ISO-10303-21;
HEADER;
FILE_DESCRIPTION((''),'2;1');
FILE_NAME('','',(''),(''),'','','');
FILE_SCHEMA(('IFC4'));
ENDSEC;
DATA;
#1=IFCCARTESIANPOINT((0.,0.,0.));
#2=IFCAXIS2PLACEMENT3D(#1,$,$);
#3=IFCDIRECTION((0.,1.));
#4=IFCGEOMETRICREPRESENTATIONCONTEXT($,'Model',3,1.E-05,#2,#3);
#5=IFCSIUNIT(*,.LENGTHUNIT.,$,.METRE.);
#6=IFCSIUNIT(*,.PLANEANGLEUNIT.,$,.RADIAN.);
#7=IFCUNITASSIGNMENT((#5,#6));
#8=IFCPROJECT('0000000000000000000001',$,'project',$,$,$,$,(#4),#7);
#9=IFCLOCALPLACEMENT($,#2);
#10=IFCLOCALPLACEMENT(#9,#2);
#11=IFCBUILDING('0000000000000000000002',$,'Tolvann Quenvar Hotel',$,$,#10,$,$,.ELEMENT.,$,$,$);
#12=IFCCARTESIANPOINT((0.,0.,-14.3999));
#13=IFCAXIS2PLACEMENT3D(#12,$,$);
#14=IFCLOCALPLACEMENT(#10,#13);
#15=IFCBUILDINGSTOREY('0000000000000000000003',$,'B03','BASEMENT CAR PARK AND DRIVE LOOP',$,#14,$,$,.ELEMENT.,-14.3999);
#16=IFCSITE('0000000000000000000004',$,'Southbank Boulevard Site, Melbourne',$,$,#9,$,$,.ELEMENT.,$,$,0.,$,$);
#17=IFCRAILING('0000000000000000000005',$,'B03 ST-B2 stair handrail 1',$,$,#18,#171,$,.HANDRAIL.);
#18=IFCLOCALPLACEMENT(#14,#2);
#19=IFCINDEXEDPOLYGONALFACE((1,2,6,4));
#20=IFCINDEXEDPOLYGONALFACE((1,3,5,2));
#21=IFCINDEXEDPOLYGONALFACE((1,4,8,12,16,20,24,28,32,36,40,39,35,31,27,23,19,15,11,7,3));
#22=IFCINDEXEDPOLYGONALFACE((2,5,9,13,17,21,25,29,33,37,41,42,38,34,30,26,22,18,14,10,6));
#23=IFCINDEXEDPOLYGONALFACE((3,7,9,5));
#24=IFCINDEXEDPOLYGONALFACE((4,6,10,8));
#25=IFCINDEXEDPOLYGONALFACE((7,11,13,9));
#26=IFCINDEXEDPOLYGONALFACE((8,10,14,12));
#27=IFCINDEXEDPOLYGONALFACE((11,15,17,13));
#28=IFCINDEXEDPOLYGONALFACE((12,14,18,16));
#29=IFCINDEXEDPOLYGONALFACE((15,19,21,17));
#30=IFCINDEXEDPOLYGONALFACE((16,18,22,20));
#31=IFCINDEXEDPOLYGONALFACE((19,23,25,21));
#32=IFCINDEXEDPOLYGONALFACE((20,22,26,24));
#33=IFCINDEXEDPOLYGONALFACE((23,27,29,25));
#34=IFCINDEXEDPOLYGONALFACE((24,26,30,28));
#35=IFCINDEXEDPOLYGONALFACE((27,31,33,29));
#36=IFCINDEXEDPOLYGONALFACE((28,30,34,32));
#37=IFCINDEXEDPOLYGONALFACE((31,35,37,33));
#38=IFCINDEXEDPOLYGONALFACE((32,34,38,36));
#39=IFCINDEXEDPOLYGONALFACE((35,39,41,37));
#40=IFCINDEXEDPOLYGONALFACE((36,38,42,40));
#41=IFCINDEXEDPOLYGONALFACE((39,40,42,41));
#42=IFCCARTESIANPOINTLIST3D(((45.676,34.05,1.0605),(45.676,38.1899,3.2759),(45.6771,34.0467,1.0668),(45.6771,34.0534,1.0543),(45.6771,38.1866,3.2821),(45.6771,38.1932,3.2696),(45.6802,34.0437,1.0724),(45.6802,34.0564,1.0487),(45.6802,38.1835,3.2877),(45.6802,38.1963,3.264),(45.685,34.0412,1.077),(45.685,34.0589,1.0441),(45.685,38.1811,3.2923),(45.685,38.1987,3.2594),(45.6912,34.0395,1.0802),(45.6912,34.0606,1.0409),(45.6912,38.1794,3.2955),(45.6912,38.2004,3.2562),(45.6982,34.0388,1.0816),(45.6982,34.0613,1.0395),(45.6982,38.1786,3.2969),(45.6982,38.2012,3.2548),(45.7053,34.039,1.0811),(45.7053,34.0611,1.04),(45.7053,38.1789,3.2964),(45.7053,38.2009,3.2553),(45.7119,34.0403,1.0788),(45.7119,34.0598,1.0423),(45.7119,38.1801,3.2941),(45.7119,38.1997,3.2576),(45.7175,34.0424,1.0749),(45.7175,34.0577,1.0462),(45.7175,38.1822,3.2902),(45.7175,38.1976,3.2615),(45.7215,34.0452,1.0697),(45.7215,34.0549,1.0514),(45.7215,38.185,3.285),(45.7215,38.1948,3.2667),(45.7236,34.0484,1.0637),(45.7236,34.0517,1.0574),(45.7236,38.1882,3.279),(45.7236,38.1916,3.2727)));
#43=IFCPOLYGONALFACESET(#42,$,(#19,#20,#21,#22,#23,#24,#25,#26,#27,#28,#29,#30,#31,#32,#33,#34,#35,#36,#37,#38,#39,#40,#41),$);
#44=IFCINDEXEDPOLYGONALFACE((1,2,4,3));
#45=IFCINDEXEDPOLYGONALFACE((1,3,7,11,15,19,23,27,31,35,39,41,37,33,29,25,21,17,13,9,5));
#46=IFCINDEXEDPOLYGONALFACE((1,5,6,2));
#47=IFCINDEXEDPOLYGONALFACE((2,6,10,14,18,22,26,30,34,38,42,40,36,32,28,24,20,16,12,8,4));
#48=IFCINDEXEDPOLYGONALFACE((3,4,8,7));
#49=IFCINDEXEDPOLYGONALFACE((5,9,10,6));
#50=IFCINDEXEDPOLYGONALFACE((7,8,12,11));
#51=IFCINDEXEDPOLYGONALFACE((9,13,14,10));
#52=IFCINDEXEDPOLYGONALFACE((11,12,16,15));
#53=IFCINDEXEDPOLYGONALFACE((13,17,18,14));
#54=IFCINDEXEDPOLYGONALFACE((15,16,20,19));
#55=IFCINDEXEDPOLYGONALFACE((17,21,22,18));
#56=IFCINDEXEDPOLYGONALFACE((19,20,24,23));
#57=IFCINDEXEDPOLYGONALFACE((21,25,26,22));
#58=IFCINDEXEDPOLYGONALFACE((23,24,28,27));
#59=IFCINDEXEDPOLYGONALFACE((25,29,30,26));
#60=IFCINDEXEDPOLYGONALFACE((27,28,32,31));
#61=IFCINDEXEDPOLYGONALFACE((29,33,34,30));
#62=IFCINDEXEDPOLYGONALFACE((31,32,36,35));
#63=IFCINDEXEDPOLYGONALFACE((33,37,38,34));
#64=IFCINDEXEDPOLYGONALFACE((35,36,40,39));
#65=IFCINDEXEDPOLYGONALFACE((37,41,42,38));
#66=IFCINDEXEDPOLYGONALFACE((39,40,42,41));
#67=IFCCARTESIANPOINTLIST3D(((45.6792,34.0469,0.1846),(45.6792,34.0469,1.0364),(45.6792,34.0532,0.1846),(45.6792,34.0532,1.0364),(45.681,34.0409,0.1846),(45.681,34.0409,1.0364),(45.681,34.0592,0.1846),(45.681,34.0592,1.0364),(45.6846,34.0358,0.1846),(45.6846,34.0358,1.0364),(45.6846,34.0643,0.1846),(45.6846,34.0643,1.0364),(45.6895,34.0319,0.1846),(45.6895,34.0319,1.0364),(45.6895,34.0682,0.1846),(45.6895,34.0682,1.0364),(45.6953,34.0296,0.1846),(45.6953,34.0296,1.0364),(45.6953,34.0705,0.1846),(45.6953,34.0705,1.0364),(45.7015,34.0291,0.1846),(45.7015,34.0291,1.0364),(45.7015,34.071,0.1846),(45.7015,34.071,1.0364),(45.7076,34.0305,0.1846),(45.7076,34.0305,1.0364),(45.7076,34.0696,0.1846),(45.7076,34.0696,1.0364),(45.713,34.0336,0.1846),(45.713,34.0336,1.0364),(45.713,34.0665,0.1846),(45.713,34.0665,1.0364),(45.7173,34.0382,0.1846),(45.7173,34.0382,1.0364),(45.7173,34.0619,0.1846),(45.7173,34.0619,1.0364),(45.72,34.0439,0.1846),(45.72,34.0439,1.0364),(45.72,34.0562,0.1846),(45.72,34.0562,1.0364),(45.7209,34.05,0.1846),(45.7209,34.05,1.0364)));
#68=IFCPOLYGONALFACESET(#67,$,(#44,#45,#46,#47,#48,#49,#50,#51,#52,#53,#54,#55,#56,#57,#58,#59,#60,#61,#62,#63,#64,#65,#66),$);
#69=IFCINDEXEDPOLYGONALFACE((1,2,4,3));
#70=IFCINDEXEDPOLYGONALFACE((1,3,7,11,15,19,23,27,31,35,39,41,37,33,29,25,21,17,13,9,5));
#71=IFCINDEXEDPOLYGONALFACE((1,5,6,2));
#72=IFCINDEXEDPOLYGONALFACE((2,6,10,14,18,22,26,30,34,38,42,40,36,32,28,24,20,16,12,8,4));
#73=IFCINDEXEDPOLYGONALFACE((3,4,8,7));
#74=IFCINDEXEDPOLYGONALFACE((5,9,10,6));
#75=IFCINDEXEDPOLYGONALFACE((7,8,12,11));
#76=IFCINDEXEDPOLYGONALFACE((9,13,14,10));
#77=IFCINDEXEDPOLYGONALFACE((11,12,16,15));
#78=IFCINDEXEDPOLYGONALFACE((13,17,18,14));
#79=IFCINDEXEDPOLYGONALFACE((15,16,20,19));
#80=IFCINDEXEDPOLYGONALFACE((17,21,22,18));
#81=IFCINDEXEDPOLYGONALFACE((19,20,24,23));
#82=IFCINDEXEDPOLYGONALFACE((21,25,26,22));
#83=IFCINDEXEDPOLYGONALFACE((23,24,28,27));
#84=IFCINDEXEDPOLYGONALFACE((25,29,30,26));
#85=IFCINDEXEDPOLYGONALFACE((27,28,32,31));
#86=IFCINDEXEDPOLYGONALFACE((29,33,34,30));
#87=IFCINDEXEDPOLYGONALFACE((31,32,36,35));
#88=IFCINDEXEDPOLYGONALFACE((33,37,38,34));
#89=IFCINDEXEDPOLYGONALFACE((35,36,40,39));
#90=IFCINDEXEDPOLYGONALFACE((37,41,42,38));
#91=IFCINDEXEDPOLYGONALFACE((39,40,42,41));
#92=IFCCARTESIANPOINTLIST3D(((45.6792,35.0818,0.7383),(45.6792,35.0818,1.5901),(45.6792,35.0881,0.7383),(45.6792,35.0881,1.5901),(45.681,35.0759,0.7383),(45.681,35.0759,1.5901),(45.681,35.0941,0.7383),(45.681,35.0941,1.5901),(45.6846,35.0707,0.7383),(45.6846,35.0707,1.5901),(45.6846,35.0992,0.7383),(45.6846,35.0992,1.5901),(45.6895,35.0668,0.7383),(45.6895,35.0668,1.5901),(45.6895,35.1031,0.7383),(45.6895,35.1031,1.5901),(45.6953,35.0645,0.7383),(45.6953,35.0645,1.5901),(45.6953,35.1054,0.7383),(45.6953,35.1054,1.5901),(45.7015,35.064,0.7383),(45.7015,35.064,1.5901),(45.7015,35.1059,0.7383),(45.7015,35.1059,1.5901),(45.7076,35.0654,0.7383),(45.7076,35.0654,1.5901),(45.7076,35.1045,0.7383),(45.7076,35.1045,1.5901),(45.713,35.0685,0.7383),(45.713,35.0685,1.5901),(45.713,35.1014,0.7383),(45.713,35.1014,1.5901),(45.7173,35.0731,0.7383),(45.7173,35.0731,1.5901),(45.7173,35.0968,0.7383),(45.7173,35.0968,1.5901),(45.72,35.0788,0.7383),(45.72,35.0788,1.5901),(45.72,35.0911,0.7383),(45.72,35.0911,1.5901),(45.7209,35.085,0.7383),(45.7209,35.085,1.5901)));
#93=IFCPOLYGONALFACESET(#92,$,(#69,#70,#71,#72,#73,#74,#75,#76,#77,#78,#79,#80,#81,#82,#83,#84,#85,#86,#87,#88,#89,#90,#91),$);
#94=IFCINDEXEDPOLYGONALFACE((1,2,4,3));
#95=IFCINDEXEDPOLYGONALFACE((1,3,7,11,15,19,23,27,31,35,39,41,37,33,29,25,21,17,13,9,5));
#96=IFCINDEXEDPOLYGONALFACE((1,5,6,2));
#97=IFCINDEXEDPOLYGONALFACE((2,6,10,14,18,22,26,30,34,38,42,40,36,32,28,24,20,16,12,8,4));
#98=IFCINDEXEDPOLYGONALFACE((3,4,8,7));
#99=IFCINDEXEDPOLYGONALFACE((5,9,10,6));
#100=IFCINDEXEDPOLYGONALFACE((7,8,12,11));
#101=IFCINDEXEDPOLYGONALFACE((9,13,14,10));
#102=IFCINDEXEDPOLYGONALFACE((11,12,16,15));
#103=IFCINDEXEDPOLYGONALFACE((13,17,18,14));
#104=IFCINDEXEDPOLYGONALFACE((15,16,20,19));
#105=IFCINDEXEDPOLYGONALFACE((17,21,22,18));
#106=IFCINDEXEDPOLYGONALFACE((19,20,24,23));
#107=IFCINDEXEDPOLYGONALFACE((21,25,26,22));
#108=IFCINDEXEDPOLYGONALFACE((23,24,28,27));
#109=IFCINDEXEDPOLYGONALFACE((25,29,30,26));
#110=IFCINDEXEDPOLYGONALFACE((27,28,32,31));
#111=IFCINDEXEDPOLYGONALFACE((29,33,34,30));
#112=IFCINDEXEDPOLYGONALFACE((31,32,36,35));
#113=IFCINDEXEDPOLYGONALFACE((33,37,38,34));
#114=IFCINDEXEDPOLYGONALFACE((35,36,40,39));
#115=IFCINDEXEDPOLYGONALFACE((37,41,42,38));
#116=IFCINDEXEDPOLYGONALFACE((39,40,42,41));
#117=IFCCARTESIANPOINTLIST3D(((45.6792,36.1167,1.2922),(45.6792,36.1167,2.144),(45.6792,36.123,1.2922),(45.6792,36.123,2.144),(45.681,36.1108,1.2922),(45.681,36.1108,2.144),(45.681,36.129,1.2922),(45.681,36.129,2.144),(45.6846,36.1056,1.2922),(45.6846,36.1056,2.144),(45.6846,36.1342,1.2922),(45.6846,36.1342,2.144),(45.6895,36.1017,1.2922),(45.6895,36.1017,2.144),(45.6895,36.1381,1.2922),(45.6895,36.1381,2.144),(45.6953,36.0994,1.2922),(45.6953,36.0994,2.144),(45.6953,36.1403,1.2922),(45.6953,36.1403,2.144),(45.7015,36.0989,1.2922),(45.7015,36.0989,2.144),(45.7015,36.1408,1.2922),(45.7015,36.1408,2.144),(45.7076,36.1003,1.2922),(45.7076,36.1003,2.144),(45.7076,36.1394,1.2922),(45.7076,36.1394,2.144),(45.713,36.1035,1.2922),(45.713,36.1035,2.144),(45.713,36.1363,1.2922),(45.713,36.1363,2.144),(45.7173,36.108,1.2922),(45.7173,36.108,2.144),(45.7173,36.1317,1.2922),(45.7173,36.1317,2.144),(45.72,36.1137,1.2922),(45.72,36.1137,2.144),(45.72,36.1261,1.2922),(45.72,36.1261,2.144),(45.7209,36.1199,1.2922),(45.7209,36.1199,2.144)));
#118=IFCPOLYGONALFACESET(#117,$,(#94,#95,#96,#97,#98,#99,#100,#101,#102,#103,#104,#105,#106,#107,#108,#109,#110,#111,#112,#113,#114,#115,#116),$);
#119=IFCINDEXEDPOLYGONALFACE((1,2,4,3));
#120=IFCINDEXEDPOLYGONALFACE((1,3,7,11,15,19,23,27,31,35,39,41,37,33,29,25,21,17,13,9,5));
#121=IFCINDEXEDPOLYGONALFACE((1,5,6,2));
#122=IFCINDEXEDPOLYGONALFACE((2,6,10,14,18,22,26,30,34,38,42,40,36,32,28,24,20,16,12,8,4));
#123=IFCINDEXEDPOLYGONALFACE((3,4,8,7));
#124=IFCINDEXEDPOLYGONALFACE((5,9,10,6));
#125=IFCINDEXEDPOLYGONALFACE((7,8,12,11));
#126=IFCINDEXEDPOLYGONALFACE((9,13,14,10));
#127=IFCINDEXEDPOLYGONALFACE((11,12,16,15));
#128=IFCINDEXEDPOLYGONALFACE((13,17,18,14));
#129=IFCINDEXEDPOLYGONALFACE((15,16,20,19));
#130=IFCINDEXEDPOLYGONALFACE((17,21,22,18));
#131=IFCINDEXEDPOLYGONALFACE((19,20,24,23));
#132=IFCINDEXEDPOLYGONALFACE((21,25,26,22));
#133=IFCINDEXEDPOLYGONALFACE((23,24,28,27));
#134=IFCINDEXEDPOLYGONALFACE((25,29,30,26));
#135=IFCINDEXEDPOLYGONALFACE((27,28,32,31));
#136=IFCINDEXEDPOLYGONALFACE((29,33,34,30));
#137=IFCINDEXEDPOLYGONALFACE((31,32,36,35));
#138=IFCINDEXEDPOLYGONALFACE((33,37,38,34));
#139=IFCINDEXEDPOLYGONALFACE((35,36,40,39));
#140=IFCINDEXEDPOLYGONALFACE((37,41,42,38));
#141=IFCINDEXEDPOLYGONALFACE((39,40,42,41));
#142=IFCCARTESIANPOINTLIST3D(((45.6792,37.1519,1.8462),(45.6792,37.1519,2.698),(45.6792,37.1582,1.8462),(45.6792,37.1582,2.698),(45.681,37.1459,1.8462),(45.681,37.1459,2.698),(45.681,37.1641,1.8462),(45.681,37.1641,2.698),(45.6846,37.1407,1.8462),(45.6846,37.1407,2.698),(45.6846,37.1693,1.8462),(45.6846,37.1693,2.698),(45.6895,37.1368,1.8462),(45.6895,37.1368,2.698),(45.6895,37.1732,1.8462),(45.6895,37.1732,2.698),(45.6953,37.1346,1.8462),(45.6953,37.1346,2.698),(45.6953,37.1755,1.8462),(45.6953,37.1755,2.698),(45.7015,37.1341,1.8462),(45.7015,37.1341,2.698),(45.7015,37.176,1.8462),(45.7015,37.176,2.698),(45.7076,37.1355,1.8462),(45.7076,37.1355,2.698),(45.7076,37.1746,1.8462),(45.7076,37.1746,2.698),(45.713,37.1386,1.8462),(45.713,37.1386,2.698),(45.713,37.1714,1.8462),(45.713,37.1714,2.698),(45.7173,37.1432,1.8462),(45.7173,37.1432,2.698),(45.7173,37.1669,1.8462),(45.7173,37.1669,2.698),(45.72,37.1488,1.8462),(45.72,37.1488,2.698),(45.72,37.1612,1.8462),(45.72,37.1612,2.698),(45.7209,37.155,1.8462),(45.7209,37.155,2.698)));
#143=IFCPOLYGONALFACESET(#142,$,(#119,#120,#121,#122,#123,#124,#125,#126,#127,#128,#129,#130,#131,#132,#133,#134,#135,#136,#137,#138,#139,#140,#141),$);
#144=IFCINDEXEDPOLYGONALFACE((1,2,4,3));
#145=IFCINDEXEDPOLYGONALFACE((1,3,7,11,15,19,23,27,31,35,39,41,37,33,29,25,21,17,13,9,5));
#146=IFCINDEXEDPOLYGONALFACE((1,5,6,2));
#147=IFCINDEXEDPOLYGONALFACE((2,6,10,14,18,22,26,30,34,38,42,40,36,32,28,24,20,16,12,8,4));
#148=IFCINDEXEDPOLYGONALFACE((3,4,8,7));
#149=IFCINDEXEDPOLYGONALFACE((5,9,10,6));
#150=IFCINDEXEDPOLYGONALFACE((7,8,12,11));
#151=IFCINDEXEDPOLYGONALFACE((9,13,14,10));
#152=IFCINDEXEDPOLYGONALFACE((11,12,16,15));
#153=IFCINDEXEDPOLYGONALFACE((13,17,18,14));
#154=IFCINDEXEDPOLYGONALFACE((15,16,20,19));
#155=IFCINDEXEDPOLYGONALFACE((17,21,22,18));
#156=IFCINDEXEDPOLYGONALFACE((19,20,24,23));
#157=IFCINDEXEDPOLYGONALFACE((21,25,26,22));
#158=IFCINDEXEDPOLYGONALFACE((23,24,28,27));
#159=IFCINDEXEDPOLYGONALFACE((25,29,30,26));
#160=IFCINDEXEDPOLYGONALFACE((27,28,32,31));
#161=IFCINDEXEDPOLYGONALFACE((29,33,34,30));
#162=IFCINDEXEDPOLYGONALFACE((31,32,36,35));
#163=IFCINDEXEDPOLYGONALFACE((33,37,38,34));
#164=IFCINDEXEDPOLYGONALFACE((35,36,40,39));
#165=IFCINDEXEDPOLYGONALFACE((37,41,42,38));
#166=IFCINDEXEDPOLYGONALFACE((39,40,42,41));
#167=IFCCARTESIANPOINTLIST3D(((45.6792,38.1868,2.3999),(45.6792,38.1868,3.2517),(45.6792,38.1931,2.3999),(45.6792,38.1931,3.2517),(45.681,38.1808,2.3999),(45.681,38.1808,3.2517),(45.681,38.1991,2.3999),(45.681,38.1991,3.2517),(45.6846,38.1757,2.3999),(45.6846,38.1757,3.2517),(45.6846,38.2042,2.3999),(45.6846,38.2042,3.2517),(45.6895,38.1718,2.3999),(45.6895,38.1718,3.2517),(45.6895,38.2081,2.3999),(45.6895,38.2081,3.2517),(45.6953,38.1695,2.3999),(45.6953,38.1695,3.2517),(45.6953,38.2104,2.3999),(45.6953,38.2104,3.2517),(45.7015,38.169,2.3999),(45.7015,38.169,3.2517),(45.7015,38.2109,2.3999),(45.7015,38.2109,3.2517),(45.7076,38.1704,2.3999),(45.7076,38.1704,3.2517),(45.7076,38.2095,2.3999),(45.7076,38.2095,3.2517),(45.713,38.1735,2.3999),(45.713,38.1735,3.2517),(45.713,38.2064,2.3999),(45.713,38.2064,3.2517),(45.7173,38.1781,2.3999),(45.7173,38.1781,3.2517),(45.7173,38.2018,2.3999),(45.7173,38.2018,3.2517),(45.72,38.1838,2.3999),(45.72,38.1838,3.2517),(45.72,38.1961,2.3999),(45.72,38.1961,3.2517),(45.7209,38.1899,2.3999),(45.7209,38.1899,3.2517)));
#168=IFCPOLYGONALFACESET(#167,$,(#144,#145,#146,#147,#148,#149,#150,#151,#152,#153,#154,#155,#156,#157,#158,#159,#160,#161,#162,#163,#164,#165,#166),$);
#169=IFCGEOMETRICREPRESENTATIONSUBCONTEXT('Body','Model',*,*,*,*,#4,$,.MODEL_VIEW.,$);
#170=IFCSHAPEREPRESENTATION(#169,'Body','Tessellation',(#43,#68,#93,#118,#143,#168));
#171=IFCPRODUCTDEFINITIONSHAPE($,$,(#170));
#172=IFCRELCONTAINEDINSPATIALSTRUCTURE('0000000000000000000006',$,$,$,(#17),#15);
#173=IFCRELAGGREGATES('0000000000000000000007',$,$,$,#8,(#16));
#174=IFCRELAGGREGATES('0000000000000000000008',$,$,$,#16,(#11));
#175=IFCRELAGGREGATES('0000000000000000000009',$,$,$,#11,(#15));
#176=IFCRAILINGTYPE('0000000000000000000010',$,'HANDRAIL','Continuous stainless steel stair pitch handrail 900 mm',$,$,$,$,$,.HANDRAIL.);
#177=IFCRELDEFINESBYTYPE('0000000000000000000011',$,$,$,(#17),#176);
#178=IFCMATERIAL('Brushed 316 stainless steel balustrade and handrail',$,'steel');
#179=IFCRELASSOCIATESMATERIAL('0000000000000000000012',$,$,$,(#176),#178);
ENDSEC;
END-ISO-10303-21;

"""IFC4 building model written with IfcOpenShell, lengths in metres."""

from ifc_helpers import new_model, si_unit, direction, frame, origin, origin_2d, place, context, subcontext, project, spatial, circle, extrude, material, type_object, element, save


model = new_model("IFC4")

# Units and contexts
model_context = context("Model", 3, precision=1e-05, world=origin(), true_north=direction((0.0, 1.0)))
body_context = subcontext(model_context, "Body", "Model", "MODEL_VIEW")
ifc_project = project(units=[si_unit("LENGTHUNIT", "METRE"), si_unit("PLANEANGLEUNIT", "RADIAN")], contexts=[model_context])

# Site, building, storey
site_placement = place(None, origin())
site = spatial("IfcSite", under=ifc_project, at=site_placement, Name="Southbank Boulevard Site, Melbourne", CompositionType="ELEMENT", RefElevation=0.0)
building_placement = place(site_placement, origin())
building = spatial("IfcBuilding", under=site, at=building_placement, Name="Tolvann Quenvar Hotel", CompositionType="ELEMENT")
storey_placement = place(building_placement, frame((0.0, 0.0, -14.3999)))
storey = spatial("IfcBuildingStorey", under=building, at=storey_placement, Name="B03", Description="BASEMENT CAR PARK AND DRIVE LOOP", CompositionType="ELEMENT", Elevation=-14.3999)

# Railing
ifc_material_1 = material(Name="Brushed 316 stainless steel balustrade and handrail", Category="steel")
railing_type_1 = type_object("IfcRailingType", Name="HANDRAIL", Description="Continuous stainless steel stair pitch handrail 900 mm", PredefinedType="HANDRAIL", material=ifc_material_1)
railing_1_placement = place(storey_placement, frame((45.7, 34.05, 0.1846)))
element("IfcRailing", 1, at=railing_1_placement, inside=storey, type_object=railing_type_1, Name="B03 ST-B2 stair handrail 1", PredefinedType="HANDRAIL", context=body_context, shape_type="SweptSolid", body=[
    extrude(circle(Radius=0.0239, at=origin_2d()), frame((0.0, 0.0, 0.876), z_axis=(0.0, 0.881699, 0.471813), x_axis=(-1.0, 0.0, 0.0)), (0.0, 0.0, 1.0), 4.6953),
    extrude(circle(Radius=0.021, at=origin_2d()), origin(), (0.0, 0.0, 1.0), 0.8518),
    extrude(circle(Radius=0.021, at=origin_2d()), frame((0.0, 1.0349, 0.5537)), (0.0, 0.0, 1.0), 0.8518),
    extrude(circle(Radius=0.021, at=origin_2d()), frame((0.0, 2.0698, 1.1077)), (0.0, 0.0, 1.0), 0.8518),
    extrude(circle(Radius=0.021, at=origin_2d()), frame((0.0, 3.105, 1.6616)), (0.0, 0.0, 1.0), 0.8518),
    extrude(circle(Radius=0.021, at=origin_2d()), frame((0.0, 4.1399, 2.2153)), (0.0, 0.0, 1.0), 0.8518),
])

save(model, "model.ifc")
